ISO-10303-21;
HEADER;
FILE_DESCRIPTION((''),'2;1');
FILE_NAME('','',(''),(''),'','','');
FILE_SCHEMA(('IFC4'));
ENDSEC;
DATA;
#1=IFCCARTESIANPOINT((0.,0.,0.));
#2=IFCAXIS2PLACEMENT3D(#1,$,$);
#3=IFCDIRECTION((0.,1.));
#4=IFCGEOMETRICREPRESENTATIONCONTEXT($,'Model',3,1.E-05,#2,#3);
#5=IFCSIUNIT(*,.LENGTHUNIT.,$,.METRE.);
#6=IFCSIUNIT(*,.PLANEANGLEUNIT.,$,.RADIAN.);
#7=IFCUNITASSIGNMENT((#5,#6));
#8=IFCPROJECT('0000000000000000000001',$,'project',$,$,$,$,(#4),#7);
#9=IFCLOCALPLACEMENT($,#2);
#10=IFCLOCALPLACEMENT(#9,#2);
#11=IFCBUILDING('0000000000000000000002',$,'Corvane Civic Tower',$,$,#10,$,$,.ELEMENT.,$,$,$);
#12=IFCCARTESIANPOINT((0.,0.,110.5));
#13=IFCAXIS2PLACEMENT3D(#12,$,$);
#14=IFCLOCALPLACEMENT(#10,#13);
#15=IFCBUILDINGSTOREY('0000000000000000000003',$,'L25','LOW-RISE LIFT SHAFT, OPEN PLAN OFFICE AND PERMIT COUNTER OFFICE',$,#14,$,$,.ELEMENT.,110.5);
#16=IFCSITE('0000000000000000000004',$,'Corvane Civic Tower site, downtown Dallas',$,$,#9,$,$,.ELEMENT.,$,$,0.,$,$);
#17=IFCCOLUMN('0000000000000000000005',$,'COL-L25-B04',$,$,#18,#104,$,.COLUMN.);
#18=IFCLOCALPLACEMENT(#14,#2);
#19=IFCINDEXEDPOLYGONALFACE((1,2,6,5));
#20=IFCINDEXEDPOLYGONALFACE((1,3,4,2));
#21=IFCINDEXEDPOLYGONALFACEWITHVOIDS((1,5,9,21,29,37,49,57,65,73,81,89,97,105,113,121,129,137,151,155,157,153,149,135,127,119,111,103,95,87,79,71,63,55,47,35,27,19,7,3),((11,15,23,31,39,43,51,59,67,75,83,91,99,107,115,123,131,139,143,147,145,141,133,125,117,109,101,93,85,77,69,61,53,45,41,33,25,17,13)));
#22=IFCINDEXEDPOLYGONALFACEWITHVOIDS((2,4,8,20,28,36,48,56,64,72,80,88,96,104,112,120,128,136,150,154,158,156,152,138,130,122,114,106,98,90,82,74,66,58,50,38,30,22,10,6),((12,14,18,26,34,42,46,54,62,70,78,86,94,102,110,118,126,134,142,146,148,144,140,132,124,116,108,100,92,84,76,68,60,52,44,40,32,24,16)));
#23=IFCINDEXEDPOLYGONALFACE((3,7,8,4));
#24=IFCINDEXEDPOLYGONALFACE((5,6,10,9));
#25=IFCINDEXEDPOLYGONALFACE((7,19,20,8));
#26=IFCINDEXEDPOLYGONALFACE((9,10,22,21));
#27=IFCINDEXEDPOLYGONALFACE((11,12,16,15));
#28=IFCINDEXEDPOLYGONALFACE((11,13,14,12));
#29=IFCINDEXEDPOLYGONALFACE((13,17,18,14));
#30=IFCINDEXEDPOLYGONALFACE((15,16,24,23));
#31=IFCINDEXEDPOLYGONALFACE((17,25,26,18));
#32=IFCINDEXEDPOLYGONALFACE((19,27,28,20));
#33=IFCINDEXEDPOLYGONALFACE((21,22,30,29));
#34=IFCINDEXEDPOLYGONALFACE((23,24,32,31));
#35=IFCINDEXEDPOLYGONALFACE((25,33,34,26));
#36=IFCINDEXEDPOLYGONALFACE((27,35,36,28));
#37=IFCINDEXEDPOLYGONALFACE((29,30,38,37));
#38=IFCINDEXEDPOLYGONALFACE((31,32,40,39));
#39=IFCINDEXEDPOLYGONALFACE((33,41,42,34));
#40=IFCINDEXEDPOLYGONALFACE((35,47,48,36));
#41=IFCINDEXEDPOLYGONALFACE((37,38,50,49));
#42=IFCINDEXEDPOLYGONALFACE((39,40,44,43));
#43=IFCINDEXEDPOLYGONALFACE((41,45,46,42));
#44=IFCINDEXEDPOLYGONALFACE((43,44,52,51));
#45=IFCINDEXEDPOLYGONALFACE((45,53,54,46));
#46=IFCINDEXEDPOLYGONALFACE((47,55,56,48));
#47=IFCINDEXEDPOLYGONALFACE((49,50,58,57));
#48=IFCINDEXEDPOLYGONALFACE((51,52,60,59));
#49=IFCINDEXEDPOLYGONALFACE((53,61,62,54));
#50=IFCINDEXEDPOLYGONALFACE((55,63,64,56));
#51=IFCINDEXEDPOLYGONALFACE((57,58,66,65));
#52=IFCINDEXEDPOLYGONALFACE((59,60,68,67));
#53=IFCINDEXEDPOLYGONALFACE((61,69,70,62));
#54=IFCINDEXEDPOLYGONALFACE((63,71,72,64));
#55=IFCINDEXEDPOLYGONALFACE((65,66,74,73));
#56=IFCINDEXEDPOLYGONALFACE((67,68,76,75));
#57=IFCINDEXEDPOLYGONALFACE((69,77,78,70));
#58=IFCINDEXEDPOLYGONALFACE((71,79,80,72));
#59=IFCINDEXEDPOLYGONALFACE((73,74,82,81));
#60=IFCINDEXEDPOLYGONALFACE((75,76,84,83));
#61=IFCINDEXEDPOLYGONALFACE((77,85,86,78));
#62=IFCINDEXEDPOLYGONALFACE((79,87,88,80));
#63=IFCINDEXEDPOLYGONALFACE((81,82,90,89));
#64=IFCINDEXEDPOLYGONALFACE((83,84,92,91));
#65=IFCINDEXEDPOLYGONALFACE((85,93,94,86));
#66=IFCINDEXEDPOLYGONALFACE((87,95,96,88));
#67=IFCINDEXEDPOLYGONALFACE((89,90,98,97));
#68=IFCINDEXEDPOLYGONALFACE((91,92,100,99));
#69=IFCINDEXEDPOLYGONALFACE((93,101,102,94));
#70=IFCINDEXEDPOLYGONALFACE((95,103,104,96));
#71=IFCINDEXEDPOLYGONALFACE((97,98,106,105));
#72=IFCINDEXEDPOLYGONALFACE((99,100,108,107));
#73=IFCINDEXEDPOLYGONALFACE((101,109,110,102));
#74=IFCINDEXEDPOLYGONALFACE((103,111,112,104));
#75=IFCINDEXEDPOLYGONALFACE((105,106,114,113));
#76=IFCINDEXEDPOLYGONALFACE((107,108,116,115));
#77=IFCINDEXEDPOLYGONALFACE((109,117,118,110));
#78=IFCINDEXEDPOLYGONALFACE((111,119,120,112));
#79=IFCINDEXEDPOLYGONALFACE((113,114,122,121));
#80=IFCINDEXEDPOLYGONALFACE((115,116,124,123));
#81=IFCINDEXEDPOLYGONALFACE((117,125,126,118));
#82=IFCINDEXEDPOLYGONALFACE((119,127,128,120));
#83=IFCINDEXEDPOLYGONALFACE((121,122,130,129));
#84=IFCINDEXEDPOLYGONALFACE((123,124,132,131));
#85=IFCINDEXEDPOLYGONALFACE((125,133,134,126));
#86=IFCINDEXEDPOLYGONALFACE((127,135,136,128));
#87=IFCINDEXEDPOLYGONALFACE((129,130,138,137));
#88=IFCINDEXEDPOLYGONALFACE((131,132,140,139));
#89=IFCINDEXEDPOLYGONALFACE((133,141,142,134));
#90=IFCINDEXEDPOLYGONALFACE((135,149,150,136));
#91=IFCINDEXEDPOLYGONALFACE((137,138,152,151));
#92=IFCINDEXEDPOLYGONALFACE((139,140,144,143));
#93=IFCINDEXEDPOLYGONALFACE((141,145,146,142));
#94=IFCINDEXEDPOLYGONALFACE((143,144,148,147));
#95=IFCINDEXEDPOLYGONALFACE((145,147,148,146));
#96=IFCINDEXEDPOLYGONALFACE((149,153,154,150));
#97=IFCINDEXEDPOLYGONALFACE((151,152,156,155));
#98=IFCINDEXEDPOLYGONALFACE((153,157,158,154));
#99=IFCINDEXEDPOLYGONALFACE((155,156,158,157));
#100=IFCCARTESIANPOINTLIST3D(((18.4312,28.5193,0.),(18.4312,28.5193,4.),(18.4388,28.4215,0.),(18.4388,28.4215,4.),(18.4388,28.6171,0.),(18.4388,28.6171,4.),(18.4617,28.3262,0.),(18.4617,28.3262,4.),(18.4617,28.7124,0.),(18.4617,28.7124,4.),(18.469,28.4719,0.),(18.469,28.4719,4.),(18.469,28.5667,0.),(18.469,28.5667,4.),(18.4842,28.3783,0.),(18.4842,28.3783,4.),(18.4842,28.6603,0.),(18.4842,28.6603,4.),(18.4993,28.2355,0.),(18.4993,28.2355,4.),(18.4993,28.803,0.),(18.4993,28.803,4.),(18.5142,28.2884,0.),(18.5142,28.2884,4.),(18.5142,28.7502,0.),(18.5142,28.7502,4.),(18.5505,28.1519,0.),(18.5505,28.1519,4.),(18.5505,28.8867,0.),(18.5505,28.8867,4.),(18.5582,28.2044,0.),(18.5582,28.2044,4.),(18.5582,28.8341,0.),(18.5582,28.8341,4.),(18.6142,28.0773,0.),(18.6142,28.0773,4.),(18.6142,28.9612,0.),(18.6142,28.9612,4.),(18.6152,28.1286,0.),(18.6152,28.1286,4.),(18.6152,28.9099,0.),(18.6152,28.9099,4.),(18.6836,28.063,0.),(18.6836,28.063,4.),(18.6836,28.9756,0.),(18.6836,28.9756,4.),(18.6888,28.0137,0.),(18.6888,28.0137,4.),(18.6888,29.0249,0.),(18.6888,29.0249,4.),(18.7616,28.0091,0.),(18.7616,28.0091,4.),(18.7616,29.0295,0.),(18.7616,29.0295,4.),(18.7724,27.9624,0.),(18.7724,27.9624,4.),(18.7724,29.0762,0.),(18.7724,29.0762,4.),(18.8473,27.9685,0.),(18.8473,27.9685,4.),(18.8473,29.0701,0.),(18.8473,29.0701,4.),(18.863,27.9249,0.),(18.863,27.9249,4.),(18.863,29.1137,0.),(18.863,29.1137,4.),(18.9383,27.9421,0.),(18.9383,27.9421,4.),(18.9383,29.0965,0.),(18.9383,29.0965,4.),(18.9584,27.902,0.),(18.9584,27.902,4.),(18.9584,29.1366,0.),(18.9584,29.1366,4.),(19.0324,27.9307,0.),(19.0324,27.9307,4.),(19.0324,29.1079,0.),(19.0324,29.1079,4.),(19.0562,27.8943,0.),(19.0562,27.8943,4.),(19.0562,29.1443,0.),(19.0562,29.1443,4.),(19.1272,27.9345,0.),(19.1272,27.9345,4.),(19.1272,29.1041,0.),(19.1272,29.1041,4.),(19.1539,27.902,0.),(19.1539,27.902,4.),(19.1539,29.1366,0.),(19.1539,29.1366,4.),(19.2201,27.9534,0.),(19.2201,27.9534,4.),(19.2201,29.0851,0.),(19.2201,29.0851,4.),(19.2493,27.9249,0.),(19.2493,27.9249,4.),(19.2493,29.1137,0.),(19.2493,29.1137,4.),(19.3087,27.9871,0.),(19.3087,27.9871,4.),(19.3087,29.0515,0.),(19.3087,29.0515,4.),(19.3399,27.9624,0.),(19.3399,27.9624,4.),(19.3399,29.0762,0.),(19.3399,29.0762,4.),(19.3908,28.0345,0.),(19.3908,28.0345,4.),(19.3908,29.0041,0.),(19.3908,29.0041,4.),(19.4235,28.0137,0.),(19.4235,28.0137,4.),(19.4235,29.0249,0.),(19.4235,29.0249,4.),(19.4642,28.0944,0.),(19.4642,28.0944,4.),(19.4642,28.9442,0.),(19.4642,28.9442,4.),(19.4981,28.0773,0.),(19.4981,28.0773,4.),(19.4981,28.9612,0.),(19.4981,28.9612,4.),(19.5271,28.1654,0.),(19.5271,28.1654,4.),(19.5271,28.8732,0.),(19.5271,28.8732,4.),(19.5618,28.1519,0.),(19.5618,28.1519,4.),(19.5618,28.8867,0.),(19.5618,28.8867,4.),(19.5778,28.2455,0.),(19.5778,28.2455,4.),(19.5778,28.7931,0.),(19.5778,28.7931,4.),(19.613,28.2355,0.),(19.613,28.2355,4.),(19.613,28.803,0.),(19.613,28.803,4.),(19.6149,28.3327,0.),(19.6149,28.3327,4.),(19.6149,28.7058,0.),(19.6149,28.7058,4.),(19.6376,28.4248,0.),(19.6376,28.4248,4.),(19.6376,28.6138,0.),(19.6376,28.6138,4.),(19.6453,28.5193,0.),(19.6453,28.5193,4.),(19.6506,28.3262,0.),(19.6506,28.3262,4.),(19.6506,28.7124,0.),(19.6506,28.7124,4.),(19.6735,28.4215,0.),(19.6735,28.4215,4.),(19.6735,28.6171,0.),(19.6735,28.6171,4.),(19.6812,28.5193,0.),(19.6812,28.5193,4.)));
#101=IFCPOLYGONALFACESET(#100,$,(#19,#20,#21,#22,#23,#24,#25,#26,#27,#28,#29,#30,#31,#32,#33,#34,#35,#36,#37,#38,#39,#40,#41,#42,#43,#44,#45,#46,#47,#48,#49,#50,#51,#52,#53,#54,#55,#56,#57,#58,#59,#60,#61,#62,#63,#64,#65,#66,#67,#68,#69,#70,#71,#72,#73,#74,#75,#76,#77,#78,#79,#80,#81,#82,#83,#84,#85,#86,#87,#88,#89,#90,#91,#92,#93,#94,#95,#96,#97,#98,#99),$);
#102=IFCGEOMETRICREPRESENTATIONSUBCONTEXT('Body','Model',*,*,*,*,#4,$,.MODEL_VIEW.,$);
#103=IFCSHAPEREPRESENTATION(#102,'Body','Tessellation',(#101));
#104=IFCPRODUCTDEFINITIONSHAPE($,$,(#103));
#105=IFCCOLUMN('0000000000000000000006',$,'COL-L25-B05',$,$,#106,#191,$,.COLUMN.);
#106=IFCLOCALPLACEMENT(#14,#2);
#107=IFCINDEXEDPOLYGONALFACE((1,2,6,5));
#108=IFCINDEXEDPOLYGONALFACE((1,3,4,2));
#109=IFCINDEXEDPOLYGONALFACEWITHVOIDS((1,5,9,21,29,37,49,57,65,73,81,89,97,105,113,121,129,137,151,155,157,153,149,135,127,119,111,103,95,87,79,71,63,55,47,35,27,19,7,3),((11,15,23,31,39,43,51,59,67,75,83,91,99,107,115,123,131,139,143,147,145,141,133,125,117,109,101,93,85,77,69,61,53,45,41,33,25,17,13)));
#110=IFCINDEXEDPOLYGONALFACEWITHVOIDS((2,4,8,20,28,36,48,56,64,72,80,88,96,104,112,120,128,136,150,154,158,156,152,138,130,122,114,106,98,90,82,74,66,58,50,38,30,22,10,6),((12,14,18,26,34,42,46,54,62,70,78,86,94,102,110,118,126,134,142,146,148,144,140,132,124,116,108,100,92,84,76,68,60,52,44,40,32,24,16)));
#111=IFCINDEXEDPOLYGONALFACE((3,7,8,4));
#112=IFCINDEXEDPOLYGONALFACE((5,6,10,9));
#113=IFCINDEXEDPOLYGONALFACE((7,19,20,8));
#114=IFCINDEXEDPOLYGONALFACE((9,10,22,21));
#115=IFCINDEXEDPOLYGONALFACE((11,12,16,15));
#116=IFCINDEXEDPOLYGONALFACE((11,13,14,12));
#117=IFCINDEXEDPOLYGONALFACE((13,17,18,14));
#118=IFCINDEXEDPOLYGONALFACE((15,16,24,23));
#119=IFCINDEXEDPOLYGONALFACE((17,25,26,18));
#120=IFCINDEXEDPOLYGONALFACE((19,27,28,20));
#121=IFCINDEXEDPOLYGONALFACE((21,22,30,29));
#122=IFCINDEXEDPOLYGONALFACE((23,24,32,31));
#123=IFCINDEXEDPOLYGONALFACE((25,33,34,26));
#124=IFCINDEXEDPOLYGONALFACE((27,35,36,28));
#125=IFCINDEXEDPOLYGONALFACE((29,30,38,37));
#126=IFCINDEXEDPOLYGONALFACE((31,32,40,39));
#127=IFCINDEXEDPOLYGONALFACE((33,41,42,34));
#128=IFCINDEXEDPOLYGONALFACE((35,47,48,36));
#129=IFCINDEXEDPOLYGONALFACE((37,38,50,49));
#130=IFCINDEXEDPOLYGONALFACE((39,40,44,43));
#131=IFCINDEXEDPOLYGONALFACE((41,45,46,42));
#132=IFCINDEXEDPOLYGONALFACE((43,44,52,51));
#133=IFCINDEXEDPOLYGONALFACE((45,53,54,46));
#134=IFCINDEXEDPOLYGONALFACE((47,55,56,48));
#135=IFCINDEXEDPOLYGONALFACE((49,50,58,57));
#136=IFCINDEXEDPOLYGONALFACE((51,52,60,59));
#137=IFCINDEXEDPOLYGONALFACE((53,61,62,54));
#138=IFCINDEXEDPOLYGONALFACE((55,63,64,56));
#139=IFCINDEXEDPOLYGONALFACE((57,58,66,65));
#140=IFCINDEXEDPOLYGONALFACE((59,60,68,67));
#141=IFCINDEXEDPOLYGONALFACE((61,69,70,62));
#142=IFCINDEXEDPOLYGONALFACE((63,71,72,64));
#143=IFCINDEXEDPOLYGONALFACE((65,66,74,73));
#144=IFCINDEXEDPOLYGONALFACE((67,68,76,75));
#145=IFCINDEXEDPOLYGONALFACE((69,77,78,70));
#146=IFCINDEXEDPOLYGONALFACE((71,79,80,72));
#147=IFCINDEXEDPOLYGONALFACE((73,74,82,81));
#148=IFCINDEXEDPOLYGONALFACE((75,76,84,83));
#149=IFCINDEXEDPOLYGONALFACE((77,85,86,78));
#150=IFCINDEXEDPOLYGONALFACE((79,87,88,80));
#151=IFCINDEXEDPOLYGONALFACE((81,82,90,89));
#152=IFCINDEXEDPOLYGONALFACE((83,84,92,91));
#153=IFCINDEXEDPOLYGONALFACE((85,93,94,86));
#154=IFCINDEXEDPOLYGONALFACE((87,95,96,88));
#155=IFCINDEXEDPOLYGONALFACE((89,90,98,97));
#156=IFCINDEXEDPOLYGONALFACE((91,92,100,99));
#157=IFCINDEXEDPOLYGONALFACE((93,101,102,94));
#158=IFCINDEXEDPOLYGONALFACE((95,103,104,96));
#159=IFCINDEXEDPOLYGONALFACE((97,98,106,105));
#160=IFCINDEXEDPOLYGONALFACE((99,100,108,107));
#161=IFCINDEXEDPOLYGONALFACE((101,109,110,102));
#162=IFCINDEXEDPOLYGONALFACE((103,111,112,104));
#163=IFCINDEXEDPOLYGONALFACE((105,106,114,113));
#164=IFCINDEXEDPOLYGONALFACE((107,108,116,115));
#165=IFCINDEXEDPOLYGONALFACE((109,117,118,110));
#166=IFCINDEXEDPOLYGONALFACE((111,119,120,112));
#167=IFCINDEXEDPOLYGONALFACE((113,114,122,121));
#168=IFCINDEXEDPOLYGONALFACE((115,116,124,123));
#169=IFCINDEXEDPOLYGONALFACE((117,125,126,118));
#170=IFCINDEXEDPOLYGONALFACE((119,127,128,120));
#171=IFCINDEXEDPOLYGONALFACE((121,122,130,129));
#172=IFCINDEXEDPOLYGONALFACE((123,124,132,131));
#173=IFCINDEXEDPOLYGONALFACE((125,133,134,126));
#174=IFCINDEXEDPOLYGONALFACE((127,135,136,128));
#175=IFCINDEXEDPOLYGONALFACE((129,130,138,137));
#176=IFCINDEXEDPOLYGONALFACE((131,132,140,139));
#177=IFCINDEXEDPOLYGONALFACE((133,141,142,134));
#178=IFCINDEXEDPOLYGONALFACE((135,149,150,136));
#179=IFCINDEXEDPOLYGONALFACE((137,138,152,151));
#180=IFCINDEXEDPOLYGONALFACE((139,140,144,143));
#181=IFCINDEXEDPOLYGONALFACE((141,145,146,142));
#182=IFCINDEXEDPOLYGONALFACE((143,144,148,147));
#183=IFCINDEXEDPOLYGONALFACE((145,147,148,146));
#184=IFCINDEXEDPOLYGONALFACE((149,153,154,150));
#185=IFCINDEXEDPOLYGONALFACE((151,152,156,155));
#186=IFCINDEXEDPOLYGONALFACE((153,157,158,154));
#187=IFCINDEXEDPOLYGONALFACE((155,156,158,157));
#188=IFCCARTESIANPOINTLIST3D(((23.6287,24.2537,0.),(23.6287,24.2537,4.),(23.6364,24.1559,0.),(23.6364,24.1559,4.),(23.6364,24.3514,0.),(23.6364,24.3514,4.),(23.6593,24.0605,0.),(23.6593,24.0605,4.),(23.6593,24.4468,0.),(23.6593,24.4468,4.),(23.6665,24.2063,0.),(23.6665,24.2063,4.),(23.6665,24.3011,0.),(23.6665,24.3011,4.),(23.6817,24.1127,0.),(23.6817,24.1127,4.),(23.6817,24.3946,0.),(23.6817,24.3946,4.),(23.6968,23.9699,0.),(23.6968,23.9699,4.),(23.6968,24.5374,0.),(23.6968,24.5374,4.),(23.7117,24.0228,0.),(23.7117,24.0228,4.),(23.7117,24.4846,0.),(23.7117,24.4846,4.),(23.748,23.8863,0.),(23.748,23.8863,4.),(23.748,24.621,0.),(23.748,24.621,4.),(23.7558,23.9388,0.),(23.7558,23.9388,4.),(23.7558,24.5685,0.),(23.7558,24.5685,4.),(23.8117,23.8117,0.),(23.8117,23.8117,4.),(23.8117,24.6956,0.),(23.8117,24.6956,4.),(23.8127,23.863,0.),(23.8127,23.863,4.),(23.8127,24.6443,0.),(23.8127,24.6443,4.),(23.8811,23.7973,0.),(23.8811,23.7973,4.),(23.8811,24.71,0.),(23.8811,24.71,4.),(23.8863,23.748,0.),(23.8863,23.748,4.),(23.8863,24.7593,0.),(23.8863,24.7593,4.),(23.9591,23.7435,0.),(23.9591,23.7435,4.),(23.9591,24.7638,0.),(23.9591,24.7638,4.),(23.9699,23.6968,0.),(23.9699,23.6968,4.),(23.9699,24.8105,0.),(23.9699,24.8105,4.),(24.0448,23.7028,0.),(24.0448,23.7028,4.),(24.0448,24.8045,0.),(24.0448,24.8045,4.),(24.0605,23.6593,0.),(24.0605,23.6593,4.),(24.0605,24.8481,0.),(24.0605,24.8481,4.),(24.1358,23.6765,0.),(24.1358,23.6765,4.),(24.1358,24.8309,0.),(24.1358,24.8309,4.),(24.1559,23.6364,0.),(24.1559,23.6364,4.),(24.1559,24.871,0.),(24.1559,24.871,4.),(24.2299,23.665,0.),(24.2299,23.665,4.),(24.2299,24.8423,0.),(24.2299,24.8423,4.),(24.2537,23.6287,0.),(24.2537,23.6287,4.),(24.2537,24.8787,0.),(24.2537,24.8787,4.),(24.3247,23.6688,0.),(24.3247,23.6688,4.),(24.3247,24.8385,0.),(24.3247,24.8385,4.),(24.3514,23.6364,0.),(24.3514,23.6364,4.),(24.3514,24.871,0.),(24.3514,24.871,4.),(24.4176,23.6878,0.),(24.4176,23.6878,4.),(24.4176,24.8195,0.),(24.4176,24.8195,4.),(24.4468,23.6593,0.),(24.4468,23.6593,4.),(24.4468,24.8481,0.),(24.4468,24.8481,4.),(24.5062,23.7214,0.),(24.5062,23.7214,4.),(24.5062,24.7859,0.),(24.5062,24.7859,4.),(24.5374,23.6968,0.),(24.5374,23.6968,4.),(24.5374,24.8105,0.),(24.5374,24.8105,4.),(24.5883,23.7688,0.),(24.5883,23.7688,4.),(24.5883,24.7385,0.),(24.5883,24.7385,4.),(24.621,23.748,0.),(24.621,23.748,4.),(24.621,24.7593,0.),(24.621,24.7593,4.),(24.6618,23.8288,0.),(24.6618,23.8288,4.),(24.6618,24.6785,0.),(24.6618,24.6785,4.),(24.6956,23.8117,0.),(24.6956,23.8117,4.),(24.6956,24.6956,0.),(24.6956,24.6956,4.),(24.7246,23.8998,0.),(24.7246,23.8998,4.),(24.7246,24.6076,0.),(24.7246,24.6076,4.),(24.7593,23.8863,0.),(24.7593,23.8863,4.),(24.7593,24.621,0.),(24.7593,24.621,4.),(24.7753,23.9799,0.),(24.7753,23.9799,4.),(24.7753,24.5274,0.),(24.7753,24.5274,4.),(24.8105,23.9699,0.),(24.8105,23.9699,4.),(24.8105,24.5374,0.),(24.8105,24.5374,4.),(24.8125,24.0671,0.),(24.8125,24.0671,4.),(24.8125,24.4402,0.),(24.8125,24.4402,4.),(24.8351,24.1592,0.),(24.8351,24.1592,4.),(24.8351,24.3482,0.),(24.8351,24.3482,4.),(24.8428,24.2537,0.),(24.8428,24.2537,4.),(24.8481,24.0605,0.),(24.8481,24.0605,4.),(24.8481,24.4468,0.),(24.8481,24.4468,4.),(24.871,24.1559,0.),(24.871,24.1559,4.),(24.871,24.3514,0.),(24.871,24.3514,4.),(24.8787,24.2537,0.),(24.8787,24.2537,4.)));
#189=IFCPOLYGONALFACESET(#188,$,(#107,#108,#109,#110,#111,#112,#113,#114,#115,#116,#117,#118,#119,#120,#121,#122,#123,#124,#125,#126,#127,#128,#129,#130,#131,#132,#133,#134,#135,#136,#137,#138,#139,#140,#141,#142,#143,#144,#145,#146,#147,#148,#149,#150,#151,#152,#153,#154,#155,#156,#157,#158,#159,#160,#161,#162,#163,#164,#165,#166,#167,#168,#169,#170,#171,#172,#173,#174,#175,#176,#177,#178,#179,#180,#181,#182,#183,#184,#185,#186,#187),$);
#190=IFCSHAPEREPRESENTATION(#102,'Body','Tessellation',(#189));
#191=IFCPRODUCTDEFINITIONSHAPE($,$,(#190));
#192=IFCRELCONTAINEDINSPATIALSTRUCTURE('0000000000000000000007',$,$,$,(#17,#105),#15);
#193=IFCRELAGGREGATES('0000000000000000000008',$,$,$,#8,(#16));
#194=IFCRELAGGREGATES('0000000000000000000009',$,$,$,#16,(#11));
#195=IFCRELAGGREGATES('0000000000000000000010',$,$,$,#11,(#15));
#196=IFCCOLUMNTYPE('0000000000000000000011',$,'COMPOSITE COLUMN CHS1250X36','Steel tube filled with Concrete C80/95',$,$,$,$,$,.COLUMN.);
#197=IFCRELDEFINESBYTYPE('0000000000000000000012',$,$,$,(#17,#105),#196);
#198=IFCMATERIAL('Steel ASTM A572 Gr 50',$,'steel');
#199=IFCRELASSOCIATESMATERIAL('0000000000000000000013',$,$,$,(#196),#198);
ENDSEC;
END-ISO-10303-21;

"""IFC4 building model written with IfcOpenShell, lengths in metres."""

from ifc_helpers import new_model, si_unit, direction, frame, origin, origin_2d, place, context, subcontext, project, spatial, hollow_circle, extrude, material, material_profile, profile_set, type_object, element, save


model = new_model("IFC4")

# Units and contexts
model_context = context("Model", 3, precision=1e-05, world=origin(), true_north=direction((0.0, 1.0)))
body_context = subcontext(model_context, "Body", "Model", "MODEL_VIEW")
ifc_project = project(units=[si_unit("LENGTHUNIT", "METRE"), si_unit("PLANEANGLEUNIT", "RADIAN")], contexts=[model_context])

# Site, building, storey
site_placement = place(None, origin())
site = spatial("IfcSite", under=ifc_project, at=site_placement, Name="Corvane Civic Tower site, downtown Dallas", CompositionType="ELEMENT", RefElevation=0.0)
building_placement = place(site_placement, origin())
building = spatial("IfcBuilding", under=site, at=building_placement, Name="Corvane Civic Tower", CompositionType="ELEMENT")
storey_placement = place(building_placement, frame((0.0, 0.0, 110.5)))
storey = spatial("IfcBuildingStorey", under=building, at=storey_placement, Name="L25", Description="LOW-RISE LIFT SHAFT, OPEN PLAN OFFICE AND PERMIT COUNTER OFFICE", CompositionType="ELEMENT", Elevation=110.5)

# Columns
ifc_material_1 = material(Name="Steel ASTM A572 Gr 50", Category="steel")
ifc_material_profile_1 = material_profile(ifc_material_1, hollow_circle(Radius=0.625, WallThickness=0.0359, at=origin_2d()), Name="CHS1250X36")
ifc_profile_set_1 = profile_set([ifc_material_profile_1], Name="Steel ASTM A572 Gr 50")
column_type = type_object("IfcColumnType", Name="COMPOSITE COLUMN CHS1250X36", Description="Steel tube filled with Concrete C80/95", PredefinedType="COLUMN", material=ifc_profile_set_1)
for number, where, z_axis, x_axis, name in (
    (1, (19.0562, 28.5193, 0.0), (0.0, 0.0, 1.0), (1.0, 0.0, 0.0), "COL-L25-B04"),
    (2, (24.2537, 24.2537, 0.0), (0.0, 0.0, 1.0), (1.0, 0.0, 0.0), "COL-L25-B05"),
):
    element("IfcColumn", number, at=place(storey_placement, frame(where, z_axis=z_axis, x_axis=x_axis)), inside=storey, type_object=column_type, Name=name, PredefinedType="COLUMN", context=body_context, shape_type="SweptSolid", body=[
        extrude(hollow_circle(Radius=0.625, WallThickness=0.0359, at=origin_2d()), origin(), (0.0, 0.0, 1.0), 4.0),
    ])

save(model, "model.ifc")
